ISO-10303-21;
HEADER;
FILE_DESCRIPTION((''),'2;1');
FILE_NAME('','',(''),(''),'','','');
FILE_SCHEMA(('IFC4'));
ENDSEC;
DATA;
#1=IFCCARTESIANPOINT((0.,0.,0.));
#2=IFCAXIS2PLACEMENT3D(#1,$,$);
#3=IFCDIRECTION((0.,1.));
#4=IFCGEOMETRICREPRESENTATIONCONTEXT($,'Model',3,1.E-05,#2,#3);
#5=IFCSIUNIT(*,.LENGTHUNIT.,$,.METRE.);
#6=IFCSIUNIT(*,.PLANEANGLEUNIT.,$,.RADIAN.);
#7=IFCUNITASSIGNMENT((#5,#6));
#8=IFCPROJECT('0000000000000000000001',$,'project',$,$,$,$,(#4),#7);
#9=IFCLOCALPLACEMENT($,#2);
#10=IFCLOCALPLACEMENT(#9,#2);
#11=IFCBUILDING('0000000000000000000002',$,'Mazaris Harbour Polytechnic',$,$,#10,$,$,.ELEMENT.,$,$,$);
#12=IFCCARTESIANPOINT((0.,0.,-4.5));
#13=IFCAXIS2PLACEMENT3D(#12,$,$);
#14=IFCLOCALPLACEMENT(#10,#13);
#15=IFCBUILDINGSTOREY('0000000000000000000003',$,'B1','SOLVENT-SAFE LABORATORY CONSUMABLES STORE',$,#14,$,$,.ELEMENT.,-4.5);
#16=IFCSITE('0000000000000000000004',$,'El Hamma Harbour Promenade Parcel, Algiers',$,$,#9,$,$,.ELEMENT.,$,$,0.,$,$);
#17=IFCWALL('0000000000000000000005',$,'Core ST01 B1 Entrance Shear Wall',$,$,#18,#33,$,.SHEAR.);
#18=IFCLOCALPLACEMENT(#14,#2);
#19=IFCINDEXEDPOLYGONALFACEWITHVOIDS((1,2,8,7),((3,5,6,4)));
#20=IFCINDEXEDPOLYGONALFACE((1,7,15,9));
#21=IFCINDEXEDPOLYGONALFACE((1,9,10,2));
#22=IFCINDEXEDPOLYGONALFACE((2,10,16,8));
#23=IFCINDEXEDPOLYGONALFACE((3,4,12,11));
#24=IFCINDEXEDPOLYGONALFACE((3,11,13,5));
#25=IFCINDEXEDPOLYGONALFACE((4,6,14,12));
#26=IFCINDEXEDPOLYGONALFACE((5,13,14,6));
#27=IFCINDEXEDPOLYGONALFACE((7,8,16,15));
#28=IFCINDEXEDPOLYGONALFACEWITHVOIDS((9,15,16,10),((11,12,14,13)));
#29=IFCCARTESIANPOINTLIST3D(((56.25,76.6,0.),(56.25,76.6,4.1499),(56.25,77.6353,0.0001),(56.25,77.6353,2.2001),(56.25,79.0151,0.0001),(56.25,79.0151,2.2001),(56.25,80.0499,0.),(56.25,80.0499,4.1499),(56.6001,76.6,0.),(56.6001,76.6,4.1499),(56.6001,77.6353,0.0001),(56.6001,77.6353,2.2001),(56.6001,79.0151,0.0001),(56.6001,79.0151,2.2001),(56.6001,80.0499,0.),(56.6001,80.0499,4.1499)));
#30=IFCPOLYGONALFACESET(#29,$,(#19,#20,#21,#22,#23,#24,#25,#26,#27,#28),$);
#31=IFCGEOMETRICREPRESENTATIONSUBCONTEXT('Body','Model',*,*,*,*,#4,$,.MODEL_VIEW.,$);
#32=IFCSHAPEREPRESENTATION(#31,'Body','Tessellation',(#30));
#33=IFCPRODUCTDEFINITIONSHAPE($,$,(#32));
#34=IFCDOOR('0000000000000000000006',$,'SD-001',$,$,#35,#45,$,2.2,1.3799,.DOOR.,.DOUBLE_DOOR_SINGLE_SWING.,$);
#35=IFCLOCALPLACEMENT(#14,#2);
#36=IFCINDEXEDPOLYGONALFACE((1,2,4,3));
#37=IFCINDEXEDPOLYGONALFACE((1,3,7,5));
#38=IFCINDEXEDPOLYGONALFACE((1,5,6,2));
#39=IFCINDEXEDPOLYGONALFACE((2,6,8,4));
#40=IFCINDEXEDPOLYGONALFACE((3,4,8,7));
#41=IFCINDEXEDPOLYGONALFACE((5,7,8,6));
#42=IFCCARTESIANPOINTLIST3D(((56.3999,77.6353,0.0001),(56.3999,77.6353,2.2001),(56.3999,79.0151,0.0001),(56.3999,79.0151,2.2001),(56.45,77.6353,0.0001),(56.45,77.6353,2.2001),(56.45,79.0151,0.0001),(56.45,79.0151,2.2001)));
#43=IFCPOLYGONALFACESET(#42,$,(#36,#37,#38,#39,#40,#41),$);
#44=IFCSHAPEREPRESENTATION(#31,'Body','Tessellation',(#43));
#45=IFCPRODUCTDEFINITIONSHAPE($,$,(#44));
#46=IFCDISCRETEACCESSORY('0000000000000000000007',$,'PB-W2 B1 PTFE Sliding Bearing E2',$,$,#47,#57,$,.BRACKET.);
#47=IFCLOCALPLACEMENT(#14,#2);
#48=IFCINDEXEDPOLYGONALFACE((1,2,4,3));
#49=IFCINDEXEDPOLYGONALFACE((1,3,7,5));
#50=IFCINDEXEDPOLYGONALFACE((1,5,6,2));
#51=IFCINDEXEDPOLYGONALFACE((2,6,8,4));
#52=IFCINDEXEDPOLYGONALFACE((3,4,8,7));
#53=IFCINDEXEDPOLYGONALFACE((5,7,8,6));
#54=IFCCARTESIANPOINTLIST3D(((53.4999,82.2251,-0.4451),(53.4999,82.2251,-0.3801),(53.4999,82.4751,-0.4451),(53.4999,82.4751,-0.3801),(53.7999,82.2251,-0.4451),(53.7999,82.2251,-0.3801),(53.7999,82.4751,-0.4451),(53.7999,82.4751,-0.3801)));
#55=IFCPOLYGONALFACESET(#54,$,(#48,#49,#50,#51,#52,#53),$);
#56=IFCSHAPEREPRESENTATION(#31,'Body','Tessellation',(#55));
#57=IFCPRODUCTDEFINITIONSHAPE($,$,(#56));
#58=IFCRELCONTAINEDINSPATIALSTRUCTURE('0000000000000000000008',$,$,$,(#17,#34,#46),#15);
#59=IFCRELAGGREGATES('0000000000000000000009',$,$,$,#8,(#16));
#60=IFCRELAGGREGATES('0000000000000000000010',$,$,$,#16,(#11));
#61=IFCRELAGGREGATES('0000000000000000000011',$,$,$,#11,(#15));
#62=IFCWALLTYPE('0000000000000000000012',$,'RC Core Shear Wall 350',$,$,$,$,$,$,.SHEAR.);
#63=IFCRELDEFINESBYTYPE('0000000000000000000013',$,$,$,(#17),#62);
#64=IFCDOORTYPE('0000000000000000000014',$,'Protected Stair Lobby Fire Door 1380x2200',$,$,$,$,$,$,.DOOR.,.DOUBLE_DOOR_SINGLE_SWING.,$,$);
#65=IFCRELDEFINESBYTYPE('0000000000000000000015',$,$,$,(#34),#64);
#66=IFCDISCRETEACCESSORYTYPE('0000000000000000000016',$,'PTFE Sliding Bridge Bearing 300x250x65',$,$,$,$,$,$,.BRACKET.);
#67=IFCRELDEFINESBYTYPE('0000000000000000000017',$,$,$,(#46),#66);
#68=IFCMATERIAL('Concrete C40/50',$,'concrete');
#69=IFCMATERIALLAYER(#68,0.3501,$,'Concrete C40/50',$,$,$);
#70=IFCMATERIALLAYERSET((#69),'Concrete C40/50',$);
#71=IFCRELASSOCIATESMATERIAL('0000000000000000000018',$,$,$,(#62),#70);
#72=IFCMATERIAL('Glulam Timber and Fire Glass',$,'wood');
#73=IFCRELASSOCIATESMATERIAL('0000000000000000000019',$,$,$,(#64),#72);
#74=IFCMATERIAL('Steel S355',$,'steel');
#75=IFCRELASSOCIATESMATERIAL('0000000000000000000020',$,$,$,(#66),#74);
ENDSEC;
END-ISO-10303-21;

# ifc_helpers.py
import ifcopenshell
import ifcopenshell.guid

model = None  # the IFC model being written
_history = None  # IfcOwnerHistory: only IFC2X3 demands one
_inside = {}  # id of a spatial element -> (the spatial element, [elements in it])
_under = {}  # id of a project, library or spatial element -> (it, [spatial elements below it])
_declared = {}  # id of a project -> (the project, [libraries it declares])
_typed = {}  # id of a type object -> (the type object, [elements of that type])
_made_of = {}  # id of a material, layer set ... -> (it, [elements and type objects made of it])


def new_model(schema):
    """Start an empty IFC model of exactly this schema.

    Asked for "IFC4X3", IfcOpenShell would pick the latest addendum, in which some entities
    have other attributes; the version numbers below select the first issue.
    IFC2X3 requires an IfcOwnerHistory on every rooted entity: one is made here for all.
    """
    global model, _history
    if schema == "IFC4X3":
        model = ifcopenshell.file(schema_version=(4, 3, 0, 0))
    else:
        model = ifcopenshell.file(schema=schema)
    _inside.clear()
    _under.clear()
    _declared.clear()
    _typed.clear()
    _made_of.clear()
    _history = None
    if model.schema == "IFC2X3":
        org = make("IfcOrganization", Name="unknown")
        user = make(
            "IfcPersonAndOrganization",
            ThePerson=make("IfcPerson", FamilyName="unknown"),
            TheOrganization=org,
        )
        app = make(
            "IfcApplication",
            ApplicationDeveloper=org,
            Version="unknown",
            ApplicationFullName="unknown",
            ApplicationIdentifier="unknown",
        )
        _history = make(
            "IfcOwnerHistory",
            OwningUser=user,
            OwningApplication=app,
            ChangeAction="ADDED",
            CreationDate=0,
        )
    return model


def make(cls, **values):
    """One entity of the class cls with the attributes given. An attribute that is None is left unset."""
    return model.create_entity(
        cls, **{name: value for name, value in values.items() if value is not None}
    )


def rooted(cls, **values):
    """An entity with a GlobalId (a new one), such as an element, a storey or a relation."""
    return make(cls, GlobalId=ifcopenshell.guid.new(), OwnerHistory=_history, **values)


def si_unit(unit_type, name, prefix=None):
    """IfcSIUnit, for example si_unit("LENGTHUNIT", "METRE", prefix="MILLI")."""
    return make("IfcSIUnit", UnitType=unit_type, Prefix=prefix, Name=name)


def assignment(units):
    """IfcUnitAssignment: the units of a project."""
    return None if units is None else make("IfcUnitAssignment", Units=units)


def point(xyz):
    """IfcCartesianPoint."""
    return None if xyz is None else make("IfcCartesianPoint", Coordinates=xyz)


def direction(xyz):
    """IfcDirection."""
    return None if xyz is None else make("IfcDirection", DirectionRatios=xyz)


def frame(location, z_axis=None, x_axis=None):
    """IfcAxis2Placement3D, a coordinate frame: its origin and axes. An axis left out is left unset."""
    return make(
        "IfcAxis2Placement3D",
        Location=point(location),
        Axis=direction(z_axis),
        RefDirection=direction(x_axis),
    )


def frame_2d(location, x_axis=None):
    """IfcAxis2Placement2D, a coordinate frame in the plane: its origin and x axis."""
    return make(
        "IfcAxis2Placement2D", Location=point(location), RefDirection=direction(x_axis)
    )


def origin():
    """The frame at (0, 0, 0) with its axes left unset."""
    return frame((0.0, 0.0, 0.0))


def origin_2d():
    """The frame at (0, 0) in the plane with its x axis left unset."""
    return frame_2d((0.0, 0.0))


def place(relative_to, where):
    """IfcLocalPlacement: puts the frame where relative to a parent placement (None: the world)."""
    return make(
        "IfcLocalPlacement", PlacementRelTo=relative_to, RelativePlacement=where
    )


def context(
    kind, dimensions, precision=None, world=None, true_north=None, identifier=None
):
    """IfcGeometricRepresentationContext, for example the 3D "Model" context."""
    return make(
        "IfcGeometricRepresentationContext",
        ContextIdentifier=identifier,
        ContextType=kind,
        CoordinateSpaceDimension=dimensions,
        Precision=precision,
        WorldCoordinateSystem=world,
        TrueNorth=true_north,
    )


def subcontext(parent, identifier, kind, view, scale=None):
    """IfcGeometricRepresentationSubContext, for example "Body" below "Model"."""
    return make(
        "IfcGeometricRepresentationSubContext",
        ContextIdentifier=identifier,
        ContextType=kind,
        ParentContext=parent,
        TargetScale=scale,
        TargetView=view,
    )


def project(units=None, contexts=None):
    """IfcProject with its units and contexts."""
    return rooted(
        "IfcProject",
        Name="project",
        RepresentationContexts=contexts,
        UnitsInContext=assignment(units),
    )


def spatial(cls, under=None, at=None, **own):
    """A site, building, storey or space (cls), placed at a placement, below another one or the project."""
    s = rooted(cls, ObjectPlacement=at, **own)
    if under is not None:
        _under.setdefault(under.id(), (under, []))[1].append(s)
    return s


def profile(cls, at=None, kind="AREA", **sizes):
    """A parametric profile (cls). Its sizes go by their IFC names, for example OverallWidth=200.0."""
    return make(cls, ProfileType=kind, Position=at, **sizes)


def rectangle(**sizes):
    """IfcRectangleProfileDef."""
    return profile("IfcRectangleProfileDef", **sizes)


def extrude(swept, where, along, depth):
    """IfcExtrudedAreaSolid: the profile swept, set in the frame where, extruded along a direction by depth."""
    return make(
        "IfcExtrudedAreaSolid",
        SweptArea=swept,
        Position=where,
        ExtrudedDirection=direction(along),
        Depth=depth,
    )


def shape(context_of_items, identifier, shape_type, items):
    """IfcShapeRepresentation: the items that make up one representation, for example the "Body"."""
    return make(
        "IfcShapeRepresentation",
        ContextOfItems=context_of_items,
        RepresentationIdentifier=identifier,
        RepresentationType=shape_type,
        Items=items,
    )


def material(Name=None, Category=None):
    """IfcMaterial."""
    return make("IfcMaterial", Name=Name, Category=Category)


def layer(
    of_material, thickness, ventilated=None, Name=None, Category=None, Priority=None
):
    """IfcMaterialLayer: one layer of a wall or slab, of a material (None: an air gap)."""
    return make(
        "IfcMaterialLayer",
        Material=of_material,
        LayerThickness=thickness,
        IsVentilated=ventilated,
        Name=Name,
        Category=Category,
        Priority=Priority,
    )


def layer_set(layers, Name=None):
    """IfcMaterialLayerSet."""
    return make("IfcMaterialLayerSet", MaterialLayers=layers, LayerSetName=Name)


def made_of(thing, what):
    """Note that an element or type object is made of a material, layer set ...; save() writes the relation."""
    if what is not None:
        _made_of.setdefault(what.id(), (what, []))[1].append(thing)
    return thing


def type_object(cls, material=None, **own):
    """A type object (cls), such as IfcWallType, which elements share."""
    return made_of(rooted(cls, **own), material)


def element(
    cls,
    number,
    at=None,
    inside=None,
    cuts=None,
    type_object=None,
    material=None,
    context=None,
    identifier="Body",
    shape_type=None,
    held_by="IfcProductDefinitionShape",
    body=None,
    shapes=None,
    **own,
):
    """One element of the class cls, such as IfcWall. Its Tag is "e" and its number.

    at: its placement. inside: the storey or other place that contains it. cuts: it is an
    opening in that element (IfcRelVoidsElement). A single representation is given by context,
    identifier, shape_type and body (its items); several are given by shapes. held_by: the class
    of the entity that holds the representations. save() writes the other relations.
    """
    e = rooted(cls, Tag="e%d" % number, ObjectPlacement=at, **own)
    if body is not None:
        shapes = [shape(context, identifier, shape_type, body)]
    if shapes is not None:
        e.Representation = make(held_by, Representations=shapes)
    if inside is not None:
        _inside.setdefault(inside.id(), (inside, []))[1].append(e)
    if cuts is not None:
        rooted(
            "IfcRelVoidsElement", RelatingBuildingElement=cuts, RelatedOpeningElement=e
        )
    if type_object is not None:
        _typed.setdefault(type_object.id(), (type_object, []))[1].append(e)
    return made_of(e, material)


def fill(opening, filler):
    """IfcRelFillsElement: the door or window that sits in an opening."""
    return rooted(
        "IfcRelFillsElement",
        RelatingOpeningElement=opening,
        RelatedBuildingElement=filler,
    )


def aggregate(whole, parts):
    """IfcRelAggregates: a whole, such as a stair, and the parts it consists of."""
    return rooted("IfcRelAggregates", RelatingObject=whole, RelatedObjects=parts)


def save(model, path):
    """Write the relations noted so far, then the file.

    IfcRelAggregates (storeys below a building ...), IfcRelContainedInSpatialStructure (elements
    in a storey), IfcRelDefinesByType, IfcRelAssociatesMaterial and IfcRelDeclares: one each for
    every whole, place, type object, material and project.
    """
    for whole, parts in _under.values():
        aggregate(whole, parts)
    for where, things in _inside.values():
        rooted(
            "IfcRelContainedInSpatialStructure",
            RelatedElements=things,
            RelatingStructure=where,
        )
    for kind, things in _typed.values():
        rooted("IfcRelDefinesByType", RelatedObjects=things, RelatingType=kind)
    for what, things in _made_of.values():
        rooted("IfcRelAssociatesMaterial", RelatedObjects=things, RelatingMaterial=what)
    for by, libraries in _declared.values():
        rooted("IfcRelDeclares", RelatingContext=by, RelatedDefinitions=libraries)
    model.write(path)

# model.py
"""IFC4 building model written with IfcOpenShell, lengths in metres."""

from ifc_helpers import new_model, si_unit, direction, frame, frame_2d, origin, origin_2d, place, context, subcontext, project, spatial, rectangle, extrude, material, layer, layer_set, type_object, element, fill, save


model = new_model("IFC4")

# Units and contexts
model_context = context("Model", 3, precision=1e-05, world=origin(), true_north=direction((0.0, 1.0)))
body_context = subcontext(model_context, "Body", "Model", "MODEL_VIEW")
ifc_project = project(units=[si_unit("LENGTHUNIT", "METRE"), si_unit("PLANEANGLEUNIT", "RADIAN")], contexts=[model_context])

# Site, building, storey
site_placement = place(None, origin())
site = spatial("IfcSite", under=ifc_project, at=site_placement, Name="El Hamma Harbour Promenade Parcel, Algiers", CompositionType="ELEMENT", RefElevation=0.0)
building_placement = place(site_placement, origin())
building = spatial("IfcBuilding", under=site, at=building_placement, Name="Mazaris Harbour Polytechnic", CompositionType="ELEMENT")
storey_placement = place(building_placement, frame((0.0, 0.0, -4.5)))
storey = spatial("IfcBuildingStorey", under=building, at=storey_placement, Name="B1", Description="SOLVENT-SAFE LABORATORY CONSUMABLES STORE", CompositionType="ELEMENT", Elevation=-4.5)

# Wall, opening, door
ifc_material_1 = material(Name="Concrete C40/50", Category="concrete")
ifc_layer_1 = layer(ifc_material_1, 0.3501, Name="Concrete C40/50")
ifc_layer_set_1 = layer_set([ifc_layer_1], Name="Concrete C40/50")
wall_type_1 = type_object("IfcWallType", Name="RC Core Shear Wall 350", PredefinedType="SHEAR", material=ifc_layer_set_1)
wall_1_placement = place(storey_placement, frame((56.425, 80.05, 0.0), z_axis=(0.0, 0.0, 1.0), x_axis=(0.0, -1.0, 0.0)))
wall_1 = element("IfcWall", 1, at=wall_1_placement, inside=storey, type_object=wall_type_1, Name="Core ST01 B1 Entrance Shear Wall", PredefinedType="SHEAR", context=body_context, shape_type="SweptSolid", body=[
    extrude(rectangle(XDim=3.45, YDim=0.3501, at=frame_2d((1.7251, 0.0))), origin(), (0.0, 0.0, 1.0), 4.1499),
])
opening_1_placement = place(wall_1_placement, frame((1.0349, 0.0, 0.0)))
opening_1 = element("IfcOpeningElement", 2, at=opening_1_placement, cuts=wall_1, PredefinedType="OPENING", context=body_context, shape_type="SweptSolid", body=[
    extrude(rectangle(XDim=1.3799, YDim=2.2, at=frame_2d((0.6899, 1.1001))), frame((0.0, 0.1851, 0.0), z_axis=(0.0, -1.0, 0.0), x_axis=(1.0, 0.0, 0.0)), (0.0, 0.0, 1.0), 0.3701),
])
ifc_material_2 = material(Name="Glulam Timber and Fire Glass", Category="wood")
door_type_1 = type_object("IfcDoorType", Name="Protected Stair Lobby Fire Door 1380x2200", OperationType="DOUBLE_DOOR_SINGLE_SWING", PredefinedType="DOOR", material=ifc_material_2)
door_1_placement = place(opening_1_placement, origin())
door_1 = element("IfcDoor", 3, at=door_1_placement, inside=storey, type_object=door_type_1, Name="SD-001", OperationType="DOUBLE_DOOR_SINGLE_SWING", OverallHeight=2.2, OverallWidth=1.3799, PredefinedType="DOOR", context=body_context, shape_type="SweptSolid", body=[
    extrude(rectangle(XDim=1.3799, YDim=2.2, at=frame_2d((0.6899, 1.1001))), frame((0.0, 0.0249, 0.0), z_axis=(0.0, -1.0, 0.0), x_axis=(1.0, 0.0, 0.0)), (0.0, 0.0, 1.0), 0.05),
])
fill(opening_1, door_1)

# Discrete accessory
ifc_material_3 = material(Name="Steel S355", Category="steel")
discrete_accessory_type = type_object("IfcDiscreteAccessoryType", Name="PTFE Sliding Bridge Bearing 300x250x65", PredefinedType="BRACKET", material=ifc_material_3)
discrete_accessory_placement = place(storey_placement, frame((53.6499, 82.3501, -0.4451), z_axis=(0.0, 0.0, 1.0), x_axis=(1.0, 0.0, 0.0)))
element("IfcDiscreteAccessory", 4, at=discrete_accessory_placement, inside=storey, type_object=discrete_accessory_type, Name="PB-W2 B1 PTFE Sliding Bearing E2", PredefinedType="BRACKET", context=body_context, shape_type="SweptSolid", body=[
    extrude(rectangle(XDim=0.3, YDim=0.25, at=origin_2d()), origin(), (0.0, 0.0, 1.0), 0.0649),
])

save(model, "model.ifc")
